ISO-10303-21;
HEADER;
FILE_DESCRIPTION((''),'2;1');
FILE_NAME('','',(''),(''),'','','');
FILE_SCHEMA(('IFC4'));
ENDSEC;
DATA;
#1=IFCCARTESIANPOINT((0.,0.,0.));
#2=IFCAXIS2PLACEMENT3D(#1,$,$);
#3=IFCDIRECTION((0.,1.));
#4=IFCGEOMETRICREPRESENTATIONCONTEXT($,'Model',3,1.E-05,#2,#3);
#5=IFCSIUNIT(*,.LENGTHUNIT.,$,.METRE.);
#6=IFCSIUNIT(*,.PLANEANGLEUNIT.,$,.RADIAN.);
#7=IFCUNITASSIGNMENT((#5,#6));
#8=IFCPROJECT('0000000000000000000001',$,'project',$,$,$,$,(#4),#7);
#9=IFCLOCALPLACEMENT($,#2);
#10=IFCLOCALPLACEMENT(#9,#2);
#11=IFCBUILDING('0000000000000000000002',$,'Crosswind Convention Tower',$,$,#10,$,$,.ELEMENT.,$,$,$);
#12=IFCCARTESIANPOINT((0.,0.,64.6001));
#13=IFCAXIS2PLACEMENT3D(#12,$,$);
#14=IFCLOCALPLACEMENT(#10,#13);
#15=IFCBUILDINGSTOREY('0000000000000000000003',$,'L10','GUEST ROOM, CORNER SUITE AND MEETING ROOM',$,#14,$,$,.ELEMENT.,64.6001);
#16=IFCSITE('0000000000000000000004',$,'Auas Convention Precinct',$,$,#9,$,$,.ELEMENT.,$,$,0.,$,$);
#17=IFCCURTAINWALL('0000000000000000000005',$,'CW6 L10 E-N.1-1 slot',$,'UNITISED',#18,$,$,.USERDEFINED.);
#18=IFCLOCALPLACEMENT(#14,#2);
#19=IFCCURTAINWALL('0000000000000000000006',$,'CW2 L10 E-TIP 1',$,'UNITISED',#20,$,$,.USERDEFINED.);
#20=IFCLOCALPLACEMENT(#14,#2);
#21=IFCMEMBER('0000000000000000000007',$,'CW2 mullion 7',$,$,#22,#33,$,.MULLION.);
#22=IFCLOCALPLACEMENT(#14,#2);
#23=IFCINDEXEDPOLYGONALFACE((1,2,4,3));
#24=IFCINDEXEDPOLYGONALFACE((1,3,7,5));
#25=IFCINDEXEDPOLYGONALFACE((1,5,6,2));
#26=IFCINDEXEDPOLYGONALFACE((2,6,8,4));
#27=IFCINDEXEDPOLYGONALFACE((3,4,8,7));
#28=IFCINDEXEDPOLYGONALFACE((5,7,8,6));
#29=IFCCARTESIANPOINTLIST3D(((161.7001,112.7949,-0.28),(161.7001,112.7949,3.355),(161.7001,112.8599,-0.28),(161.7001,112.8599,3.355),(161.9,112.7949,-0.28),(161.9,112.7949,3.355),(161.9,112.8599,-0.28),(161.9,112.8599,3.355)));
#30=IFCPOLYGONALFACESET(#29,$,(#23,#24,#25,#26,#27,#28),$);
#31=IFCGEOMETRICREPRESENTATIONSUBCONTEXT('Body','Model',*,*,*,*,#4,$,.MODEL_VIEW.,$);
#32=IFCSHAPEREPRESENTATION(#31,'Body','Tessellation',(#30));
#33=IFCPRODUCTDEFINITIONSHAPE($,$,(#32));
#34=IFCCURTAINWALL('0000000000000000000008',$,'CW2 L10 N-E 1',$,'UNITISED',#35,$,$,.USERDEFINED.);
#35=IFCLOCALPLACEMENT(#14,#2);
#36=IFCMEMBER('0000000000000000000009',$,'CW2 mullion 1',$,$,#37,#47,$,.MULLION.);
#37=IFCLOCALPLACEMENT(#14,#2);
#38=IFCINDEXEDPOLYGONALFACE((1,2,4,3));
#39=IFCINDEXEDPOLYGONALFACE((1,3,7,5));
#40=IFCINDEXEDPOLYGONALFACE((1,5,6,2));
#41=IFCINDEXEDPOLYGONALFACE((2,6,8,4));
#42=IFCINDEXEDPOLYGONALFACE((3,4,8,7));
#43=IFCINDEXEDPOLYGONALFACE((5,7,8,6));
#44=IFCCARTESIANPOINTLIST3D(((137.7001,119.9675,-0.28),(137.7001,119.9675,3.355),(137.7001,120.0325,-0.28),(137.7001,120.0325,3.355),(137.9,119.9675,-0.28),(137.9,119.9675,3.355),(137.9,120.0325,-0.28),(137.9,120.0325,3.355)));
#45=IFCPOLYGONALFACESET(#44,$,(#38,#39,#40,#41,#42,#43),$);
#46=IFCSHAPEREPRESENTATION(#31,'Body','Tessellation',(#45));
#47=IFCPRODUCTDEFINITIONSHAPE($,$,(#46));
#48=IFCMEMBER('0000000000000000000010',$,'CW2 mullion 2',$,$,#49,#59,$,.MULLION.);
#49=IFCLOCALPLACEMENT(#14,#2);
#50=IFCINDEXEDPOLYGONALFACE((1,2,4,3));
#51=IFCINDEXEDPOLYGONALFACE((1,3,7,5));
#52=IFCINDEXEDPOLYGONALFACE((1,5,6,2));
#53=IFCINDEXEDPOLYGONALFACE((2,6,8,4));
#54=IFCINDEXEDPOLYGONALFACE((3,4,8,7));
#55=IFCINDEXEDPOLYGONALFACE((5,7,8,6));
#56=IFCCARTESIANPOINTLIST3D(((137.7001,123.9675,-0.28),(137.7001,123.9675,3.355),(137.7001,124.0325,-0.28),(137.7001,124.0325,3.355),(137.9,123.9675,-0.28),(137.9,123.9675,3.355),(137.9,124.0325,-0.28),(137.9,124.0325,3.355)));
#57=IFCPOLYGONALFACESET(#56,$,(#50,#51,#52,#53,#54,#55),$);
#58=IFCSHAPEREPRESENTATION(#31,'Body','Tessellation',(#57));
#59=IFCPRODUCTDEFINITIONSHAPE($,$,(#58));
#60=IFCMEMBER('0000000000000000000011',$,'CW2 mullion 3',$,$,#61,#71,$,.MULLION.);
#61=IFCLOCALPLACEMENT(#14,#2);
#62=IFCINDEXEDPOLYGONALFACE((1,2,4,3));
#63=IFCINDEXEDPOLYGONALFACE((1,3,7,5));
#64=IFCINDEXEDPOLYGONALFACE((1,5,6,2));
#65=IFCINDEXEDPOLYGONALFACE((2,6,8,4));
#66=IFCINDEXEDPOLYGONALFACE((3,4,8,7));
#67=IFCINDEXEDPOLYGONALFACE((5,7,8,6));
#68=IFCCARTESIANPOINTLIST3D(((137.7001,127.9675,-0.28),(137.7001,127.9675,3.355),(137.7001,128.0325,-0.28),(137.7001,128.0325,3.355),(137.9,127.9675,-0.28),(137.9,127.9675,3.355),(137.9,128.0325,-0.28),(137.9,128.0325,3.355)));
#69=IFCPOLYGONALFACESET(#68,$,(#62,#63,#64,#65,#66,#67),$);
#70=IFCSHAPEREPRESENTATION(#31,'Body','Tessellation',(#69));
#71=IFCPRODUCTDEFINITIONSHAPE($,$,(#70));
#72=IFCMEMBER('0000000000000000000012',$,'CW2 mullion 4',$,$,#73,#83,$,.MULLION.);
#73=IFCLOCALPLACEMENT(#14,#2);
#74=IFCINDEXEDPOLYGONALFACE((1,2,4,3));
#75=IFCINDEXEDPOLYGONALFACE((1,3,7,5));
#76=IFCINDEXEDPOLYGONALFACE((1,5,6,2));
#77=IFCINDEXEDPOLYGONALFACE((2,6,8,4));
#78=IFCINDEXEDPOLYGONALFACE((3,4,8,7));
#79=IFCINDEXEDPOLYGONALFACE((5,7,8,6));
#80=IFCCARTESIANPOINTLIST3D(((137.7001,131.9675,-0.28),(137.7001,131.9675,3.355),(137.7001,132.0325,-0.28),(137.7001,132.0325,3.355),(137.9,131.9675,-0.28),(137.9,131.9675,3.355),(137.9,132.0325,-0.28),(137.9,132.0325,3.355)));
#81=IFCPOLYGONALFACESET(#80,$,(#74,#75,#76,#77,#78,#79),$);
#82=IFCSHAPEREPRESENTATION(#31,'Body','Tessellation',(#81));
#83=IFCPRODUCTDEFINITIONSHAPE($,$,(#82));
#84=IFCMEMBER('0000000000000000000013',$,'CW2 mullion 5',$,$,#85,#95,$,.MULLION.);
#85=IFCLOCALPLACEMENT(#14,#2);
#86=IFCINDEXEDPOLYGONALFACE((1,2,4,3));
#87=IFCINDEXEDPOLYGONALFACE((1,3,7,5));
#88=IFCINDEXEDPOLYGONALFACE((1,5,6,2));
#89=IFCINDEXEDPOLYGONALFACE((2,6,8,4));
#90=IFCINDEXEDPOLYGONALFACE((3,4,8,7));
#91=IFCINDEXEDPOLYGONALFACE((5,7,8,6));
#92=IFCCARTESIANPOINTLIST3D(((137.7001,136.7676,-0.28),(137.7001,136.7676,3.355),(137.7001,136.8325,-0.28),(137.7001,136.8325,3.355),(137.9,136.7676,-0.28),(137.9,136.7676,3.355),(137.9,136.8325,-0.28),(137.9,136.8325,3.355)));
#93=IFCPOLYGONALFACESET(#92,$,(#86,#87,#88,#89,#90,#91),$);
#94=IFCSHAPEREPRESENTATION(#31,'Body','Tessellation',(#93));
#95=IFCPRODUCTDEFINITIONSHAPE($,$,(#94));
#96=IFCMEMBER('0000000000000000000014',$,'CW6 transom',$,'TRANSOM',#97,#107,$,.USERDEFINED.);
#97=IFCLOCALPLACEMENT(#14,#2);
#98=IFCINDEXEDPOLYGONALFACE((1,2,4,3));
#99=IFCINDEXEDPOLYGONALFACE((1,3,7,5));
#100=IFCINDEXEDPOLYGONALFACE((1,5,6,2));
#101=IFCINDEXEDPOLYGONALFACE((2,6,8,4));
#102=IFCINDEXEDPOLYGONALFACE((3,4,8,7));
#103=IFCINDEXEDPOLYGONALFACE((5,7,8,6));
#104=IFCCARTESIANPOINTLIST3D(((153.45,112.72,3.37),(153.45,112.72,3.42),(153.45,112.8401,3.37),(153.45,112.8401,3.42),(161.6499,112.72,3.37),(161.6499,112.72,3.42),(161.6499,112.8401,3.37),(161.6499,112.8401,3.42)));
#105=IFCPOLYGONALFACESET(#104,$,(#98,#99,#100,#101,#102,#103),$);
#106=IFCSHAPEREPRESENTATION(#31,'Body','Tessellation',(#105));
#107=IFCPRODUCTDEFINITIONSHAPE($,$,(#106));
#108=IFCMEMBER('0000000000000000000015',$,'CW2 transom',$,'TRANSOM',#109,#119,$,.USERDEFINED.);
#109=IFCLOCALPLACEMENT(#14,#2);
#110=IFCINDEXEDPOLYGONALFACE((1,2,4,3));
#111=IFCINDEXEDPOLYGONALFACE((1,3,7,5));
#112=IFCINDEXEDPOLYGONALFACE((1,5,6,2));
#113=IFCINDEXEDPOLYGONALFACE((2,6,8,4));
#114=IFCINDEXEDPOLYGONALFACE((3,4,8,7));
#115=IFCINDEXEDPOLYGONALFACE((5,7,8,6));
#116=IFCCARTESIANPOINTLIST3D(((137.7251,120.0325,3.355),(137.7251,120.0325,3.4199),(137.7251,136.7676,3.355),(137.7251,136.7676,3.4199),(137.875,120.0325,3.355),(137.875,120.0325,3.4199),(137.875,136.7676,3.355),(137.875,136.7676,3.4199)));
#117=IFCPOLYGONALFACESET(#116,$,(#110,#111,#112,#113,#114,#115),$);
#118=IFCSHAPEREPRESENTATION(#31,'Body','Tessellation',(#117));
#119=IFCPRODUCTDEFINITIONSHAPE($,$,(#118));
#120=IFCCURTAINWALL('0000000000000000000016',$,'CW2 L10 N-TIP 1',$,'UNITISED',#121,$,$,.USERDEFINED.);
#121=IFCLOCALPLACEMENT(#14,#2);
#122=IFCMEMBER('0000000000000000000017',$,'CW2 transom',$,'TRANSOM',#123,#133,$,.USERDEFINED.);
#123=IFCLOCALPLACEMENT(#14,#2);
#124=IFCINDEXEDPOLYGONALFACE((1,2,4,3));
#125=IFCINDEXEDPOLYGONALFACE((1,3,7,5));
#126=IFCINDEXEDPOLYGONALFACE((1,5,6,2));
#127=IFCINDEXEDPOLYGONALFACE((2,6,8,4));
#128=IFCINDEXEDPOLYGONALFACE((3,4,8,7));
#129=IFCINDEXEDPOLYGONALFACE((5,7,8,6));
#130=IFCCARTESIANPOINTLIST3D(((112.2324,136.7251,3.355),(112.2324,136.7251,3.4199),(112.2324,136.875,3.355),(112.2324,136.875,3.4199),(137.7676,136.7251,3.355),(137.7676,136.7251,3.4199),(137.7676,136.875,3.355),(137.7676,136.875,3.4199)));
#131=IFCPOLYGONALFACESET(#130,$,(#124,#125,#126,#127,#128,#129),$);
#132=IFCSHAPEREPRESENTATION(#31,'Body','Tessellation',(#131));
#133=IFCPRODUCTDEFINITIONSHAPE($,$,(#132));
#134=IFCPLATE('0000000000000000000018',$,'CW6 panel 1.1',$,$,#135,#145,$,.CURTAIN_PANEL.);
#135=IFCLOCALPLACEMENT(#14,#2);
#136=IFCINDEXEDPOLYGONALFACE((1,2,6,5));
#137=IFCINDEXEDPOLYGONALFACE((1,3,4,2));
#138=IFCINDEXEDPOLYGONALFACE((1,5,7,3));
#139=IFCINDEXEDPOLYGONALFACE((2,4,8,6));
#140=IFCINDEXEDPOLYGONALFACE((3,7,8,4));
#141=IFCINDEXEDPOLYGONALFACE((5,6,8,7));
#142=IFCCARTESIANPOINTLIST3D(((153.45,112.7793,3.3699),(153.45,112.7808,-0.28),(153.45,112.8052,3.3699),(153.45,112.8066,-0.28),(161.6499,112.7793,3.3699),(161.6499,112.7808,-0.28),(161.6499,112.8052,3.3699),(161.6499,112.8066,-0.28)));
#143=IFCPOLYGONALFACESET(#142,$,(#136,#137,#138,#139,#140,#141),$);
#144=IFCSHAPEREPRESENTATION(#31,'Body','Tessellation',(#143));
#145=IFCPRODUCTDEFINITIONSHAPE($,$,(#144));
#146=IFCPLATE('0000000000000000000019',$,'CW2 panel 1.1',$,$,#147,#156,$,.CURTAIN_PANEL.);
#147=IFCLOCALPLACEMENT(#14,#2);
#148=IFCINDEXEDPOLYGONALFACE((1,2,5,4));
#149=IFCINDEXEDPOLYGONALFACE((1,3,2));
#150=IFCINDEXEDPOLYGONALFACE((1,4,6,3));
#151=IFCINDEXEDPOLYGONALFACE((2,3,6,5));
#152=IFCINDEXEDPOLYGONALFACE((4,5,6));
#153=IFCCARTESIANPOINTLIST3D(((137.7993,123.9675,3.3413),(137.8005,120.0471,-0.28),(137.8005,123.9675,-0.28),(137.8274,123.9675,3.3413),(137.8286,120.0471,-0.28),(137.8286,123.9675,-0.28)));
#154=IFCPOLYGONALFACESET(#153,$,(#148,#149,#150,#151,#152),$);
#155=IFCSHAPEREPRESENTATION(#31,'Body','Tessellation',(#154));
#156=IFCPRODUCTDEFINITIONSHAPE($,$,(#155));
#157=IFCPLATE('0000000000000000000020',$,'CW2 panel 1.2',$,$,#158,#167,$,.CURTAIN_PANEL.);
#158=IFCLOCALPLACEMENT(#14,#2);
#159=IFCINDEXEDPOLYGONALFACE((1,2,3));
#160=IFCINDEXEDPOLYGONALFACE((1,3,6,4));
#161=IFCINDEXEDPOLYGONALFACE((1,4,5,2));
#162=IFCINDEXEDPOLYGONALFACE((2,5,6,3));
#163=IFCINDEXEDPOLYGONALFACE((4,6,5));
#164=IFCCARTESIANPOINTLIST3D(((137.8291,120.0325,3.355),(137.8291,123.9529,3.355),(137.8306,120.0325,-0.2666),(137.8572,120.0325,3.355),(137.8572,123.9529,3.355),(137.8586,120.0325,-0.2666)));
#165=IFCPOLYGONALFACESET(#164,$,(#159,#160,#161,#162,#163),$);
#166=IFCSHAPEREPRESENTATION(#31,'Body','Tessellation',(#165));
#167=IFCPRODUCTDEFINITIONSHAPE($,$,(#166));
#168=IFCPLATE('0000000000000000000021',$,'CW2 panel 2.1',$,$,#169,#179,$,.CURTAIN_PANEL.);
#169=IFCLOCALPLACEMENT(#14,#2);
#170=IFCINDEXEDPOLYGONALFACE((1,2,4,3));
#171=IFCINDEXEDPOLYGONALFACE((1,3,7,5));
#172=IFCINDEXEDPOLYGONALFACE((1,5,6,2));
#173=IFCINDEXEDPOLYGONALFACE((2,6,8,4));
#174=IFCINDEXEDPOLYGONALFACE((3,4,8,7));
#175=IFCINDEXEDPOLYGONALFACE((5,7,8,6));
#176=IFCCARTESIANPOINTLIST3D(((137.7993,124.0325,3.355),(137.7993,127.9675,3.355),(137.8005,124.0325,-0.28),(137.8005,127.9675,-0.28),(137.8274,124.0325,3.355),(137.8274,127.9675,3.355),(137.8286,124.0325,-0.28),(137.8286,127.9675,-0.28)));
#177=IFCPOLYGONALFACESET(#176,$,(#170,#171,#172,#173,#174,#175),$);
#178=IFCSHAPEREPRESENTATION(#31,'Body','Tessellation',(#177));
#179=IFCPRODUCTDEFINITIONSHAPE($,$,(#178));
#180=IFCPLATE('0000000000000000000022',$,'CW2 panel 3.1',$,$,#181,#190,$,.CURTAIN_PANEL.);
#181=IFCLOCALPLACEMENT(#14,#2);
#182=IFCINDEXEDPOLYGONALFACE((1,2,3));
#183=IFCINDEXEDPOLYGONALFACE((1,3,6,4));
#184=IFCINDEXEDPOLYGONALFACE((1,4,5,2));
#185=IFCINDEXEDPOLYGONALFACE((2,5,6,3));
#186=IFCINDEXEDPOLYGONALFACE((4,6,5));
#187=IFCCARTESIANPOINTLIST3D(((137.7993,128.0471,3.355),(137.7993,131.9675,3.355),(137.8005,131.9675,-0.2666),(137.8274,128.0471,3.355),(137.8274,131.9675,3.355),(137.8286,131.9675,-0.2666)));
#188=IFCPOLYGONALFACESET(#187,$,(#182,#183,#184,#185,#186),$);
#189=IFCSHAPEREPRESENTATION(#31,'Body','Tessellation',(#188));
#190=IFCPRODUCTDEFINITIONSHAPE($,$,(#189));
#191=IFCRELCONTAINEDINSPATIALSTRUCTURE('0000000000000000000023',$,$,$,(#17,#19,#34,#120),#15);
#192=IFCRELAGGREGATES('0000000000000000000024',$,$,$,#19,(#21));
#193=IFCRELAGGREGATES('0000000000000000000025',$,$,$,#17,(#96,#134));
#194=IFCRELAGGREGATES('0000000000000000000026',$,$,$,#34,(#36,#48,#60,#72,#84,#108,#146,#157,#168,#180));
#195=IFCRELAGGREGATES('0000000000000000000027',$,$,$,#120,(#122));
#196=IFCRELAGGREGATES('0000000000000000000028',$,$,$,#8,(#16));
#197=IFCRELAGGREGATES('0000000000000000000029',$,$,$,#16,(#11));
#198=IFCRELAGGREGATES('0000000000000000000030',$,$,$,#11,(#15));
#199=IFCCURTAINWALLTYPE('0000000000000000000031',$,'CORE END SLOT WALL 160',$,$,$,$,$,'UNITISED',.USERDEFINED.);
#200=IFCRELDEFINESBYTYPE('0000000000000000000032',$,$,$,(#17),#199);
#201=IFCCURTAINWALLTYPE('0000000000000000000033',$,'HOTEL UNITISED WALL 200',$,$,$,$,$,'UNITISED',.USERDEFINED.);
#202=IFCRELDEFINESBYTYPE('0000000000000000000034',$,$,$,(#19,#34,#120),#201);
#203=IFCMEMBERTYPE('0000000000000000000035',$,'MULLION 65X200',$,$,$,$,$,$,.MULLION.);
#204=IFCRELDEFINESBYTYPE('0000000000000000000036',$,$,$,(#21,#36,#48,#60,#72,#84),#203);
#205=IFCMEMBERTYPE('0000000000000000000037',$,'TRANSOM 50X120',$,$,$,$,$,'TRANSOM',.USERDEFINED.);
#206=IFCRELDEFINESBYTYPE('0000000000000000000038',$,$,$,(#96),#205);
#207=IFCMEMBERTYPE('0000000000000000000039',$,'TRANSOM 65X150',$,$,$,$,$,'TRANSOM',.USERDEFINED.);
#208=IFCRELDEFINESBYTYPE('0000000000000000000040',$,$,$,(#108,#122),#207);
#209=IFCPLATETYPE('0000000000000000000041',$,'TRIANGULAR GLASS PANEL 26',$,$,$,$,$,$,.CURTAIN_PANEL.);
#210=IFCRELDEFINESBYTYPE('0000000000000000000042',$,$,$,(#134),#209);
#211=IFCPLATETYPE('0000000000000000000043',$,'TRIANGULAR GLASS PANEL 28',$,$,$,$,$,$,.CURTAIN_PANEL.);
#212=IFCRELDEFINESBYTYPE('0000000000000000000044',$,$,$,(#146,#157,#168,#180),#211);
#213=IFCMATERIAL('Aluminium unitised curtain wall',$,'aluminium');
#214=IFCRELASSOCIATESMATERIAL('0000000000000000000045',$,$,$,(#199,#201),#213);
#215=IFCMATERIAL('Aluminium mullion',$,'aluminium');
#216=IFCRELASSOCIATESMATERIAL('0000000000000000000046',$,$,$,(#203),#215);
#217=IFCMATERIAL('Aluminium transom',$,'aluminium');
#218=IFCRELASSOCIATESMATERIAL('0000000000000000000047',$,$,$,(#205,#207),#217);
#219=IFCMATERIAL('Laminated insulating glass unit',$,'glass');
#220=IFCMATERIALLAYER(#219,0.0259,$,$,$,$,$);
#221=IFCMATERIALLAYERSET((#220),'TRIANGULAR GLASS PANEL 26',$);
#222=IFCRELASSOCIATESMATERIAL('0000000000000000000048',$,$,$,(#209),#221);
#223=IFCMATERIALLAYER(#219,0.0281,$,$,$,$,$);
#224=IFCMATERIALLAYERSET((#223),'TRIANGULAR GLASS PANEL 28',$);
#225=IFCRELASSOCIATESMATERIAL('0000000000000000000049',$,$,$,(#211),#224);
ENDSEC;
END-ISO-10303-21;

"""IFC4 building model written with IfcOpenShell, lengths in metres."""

from ifc_helpers import new_model, si_unit, direction, frame, origin, origin_2d, place, context, subcontext, project, spatial, polyline, rectangle, outline, extrude, material, layer, layer_set, material_profile, profile_set, type_object, element, aggregate, save


model = new_model("IFC4")

# Units and contexts
model_context = context("Model", 3, precision=1e-05, world=origin(), true_north=direction((0.0, 1.0)))
body_context = subcontext(model_context, "Body", "Model", "MODEL_VIEW")
ifc_project = project(units=[si_unit("LENGTHUNIT", "METRE"), si_unit("PLANEANGLEUNIT", "RADIAN")], contexts=[model_context])

# Site, building, storey
site_placement = place(None, origin())
site = spatial("IfcSite", under=ifc_project, at=site_placement, Name="Auas Convention Precinct", CompositionType="ELEMENT", RefElevation=0.0)
building_placement = place(site_placement, origin())
building = spatial("IfcBuilding", under=site, at=building_placement, Name="Crosswind Convention Tower", CompositionType="ELEMENT")
storey_placement = place(building_placement, frame((0.0, 0.0, 64.6001)))
storey = spatial("IfcBuildingStorey", under=building, at=storey_placement, Name="L10", Description="GUEST ROOM, CORNER SUITE AND MEETING ROOM", CompositionType="ELEMENT", Elevation=64.6001)

# Curtain wall
ifc_material_1 = material(Name="Aluminium unitised curtain wall", Category="aluminium")
curtain_wall_type_1 = type_object("IfcCurtainWallType", Name="CORE END SLOT WALL 160", ElementType="UNITISED", PredefinedType="USERDEFINED", material=ifc_material_1)
curtain_wall_1_placement = place(storey_placement, origin())
curtain_wall_1 = element("IfcCurtainWall", 1, at=curtain_wall_1_placement, inside=storey, type_object=curtain_wall_type_1, Name="CW6 L10 E-N.1-1 slot", ObjectType="UNITISED", PredefinedType="USERDEFINED")
ifc_material_2 = material(Name="Aluminium mullion", Category="aluminium")

# Curtain wall, member
curtain_wall_type_2 = type_object("IfcCurtainWallType", Name="HOTEL UNITISED WALL 200", ElementType="UNITISED", PredefinedType="USERDEFINED", material=ifc_material_1)
curtain_wall_2_placement = place(storey_placement, origin())
curtain_wall_2 = element("IfcCurtainWall", 2, at=curtain_wall_2_placement, inside=storey, type_object=curtain_wall_type_2, Name="CW2 L10 E-TIP 1", ObjectType="UNITISED", PredefinedType="USERDEFINED")
ifc_material_profile_1 = material_profile(ifc_material_2, rectangle(XDim=0.2, YDim=0.0649, at=origin_2d()), Name="AL 200X65")
ifc_profile_set_1 = profile_set([ifc_material_profile_1], Name="Aluminium mullion")
member_type_1 = type_object("IfcMemberType", Name="MULLION 65X200", PredefinedType="MULLION", material=ifc_profile_set_1)
member_1_placement = place(storey_placement, frame((161.8, 112.8274, -0.28), z_axis=(0.0, 0.0, 1.0), x_axis=(1.0, 0.0, 0.0)))
member_1 = element("IfcMember", 3, at=member_1_placement, type_object=member_type_1, Name="CW2 mullion 7", PredefinedType="MULLION", context=body_context, shape_type="SweptSolid", body=[
    extrude(rectangle(XDim=0.2, YDim=0.0649, at=origin_2d()), origin(), (0.0, 0.0, 1.0), 3.635),
])
aggregate(curtain_wall_2, [member_1])

# Curtain wall, members
curtain_wall_3_placement = place(storey_placement, origin())
curtain_wall_3 = element("IfcCurtainWall", 4, at=curtain_wall_3_placement, inside=storey, type_object=curtain_wall_type_2, Name="CW2 L10 N-E 1", ObjectType="UNITISED", PredefinedType="USERDEFINED")
member_2_placement = place(storey_placement, frame((137.8, 120.0, -0.28), z_axis=(0.0, 0.0, 1.0), x_axis=(1.0, 0.0, 0.0)))
member_2 = element("IfcMember", 5, at=member_2_placement, type_object=member_type_1, Name="CW2 mullion 1", PredefinedType="MULLION", context=body_context, shape_type="SweptSolid", body=[
    extrude(rectangle(XDim=0.2, YDim=0.0649, at=origin_2d()), origin(), (0.0, 0.0, 1.0), 3.635),
])
member_3_placement = place(storey_placement, frame((137.8, 124.0, -0.28), z_axis=(0.0, 0.0, 1.0), x_axis=(1.0, 0.0, 0.0)))
member_3 = element("IfcMember", 6, at=member_3_placement, type_object=member_type_1, Name="CW2 mullion 2", PredefinedType="MULLION", context=body_context, shape_type="SweptSolid", body=[
    extrude(rectangle(XDim=0.2, YDim=0.0649, at=origin_2d()), origin(), (0.0, 0.0, 1.0), 3.635),
])
member_4_placement = place(storey_placement, frame((137.8, 128.0, -0.28), z_axis=(0.0, 0.0, 1.0), x_axis=(1.0, 0.0, 0.0)))
member_4 = element("IfcMember", 7, at=member_4_placement, type_object=member_type_1, Name="CW2 mullion 3", PredefinedType="MULLION", context=body_context, shape_type="SweptSolid", body=[
    extrude(rectangle(XDim=0.2, YDim=0.0649, at=origin_2d()), origin(), (0.0, 0.0, 1.0), 3.635),
])
member_5_placement = place(storey_placement, frame((137.8, 132.0, -0.28), z_axis=(0.0, 0.0, 1.0), x_axis=(1.0, 0.0, 0.0)))
member_5 = element("IfcMember", 8, at=member_5_placement, type_object=member_type_1, Name="CW2 mullion 4", PredefinedType="MULLION", context=body_context, shape_type="SweptSolid", body=[
    extrude(rectangle(XDim=0.2, YDim=0.0649, at=origin_2d()), origin(), (0.0, 0.0, 1.0), 3.635),
])
member_6_placement = place(storey_placement, frame((137.8, 136.8, -0.28), z_axis=(0.0, 0.0, 1.0), x_axis=(1.0, 0.0, 0.0)))
member_6 = element("IfcMember", 9, at=member_6_placement, type_object=member_type_1, Name="CW2 mullion 5", PredefinedType="MULLION", context=body_context, shape_type="SweptSolid", body=[
    extrude(rectangle(XDim=0.2, YDim=0.0649, at=origin_2d()), origin(), (0.0, 0.0, 1.0), 3.635),
])

# Members
ifc_material_3 = material(Name="Aluminium transom", Category="aluminium")
ifc_material_profile_2 = material_profile(ifc_material_3, rectangle(XDim=0.1201, YDim=0.05, at=origin_2d()), Name="AL 120X50")
ifc_profile_set_2 = profile_set([ifc_material_profile_2], Name="Aluminium transom")
member_type_2 = type_object("IfcMemberType", Name="TRANSOM 50X120", ElementType="TRANSOM", PredefinedType="USERDEFINED", material=ifc_profile_set_2)
member_7_placement = place(storey_placement, frame((161.6499, 112.78, 3.395), z_axis=(-1.0, 0.0, 0.0), x_axis=(0.0, -1.0, 0.0)))
member_7 = element("IfcMember", 10, at=member_7_placement, type_object=member_type_2, Name="CW6 transom", ObjectType="TRANSOM", PredefinedType="USERDEFINED", context=body_context, shape_type="SweptSolid", body=[
    extrude(rectangle(XDim=0.1201, YDim=0.05, at=origin_2d()), origin(), (0.0, 0.0, 1.0), 8.2),
])
ifc_material_profile_3 = material_profile(ifc_material_3, rectangle(XDim=0.1499, YDim=0.0649, at=origin_2d()), Name="AL 150X65")
ifc_profile_set_3 = profile_set([ifc_material_profile_3], Name="Aluminium transom")
member_type_3 = type_object("IfcMemberType", Name="TRANSOM 65X150", ElementType="TRANSOM", PredefinedType="USERDEFINED", material=ifc_profile_set_3)
member_8_placement = place(storey_placement, frame((137.8, 120.0325, 3.3875), z_axis=(0.0, 1.0, 0.0), x_axis=(-1.0, 0.0, 0.0)))
member_8 = element("IfcMember", 11, at=member_8_placement, type_object=member_type_3, Name="CW2 transom", ObjectType="TRANSOM", PredefinedType="USERDEFINED", context=body_context, shape_type="SweptSolid", body=[
    extrude(rectangle(XDim=0.1499, YDim=0.0649, at=origin_2d()), origin(), (0.0, 0.0, 1.0), 16.7351),
])

# Curtain wall, member
curtain_wall_4_placement = place(storey_placement, origin())
curtain_wall_4 = element("IfcCurtainWall", 12, at=curtain_wall_4_placement, inside=storey, type_object=curtain_wall_type_2, Name="CW2 L10 N-TIP 1", ObjectType="UNITISED", PredefinedType="USERDEFINED")
member_9_placement = place(storey_placement, frame((137.7676, 136.8, 3.3875), z_axis=(-1.0, 0.0, 0.0), x_axis=(0.0, -1.0, 0.0)))
member_9 = element("IfcMember", 13, at=member_9_placement, type_object=member_type_3, Name="CW2 transom", ObjectType="TRANSOM", PredefinedType="USERDEFINED", context=body_context, shape_type="SweptSolid", body=[
    extrude(rectangle(XDim=0.1499, YDim=0.0649, at=origin_2d()), origin(), (0.0, 0.0, 1.0), 25.5352),
])

# Plates
ifc_material_4 = material(Name="Laminated insulating glass unit", Category="glass")
ifc_layer_1 = layer(ifc_material_4, 0.0259)
ifc_layer_set_1 = layer_set([ifc_layer_1], Name="TRIANGULAR GLASS PANEL 26")
plate_type_1 = type_object("IfcPlateType", Name="TRIANGULAR GLASS PANEL 26", PredefinedType="CURTAIN_PANEL", material=ifc_layer_set_1)
plate_1_placement = place(storey_placement, frame((161.6499, 112.8066, -0.28), z_axis=(0.0, 1.0, 0.000401), x_axis=(-1.0, 0.0, 0.0)))
plate_1 = element("IfcPlate", 14, at=plate_1_placement, type_object=plate_type_1, Name="CW6 panel 1.1", PredefinedType="CURTAIN_PANEL", context=body_context, shape_type="SweptSolid", body=[
    extrude(outline(polyline([(0.0, 0.0), (8.2, 0.0), (8.2, 3.6499), (0.0, 3.6499), (0.0, 0.0)])), origin(), (0.0, 0.0, -1.0), 0.0259),
])
aggregate(curtain_wall_1, [member_7, plate_1])
ifc_layer_2 = layer(ifc_material_4, 0.0281)
ifc_layer_set_2 = layer_set([ifc_layer_2], Name="TRIANGULAR GLASS PANEL 28")
plate_type_2 = type_object("IfcPlateType", Name="TRIANGULAR GLASS PANEL 28", PredefinedType="CURTAIN_PANEL", material=ifc_layer_set_2)
plate_2_placement = place(storey_placement, frame((137.8286, 123.9675, -0.28), z_axis=(1.0, 0.0, 0.000337), x_axis=(-0.000337, 0.0, 1.0)))
plate_2 = element("IfcPlate", 15, at=plate_2_placement, type_object=plate_type_2, Name="CW2 panel 1.1", PredefinedType="CURTAIN_PANEL", context=body_context, shape_type="SweptSolid", body=[
    extrude(outline(polyline([(0.0, 0.0), (3.6213, 0.0), (0.0, 3.9204), (0.0, 0.0)])), origin(), (0.0, 0.0, -1.0), 0.0281),
])
plate_3_placement = place(storey_placement, frame((137.8572, 120.0325, 3.355), z_axis=(1.0, 0.0, 0.000404), x_axis=(0.000404, 0.0, -1.0)))
plate_3 = element("IfcPlate", 16, at=plate_3_placement, type_object=plate_type_2, Name="CW2 panel 1.2", PredefinedType="CURTAIN_PANEL", context=body_context, shape_type="SweptSolid", body=[
    extrude(outline(polyline([(0.0, 0.0), (3.6216, 0.0), (0.0, 3.9204), (0.0, 0.0)])), origin(), (0.0, 0.0, -1.0), 0.0281),
])
plate_4_placement = place(storey_placement, frame((137.8286, 124.0325, -0.28), z_axis=(1.0, 0.0, 0.000336), x_axis=(0.0, 1.0, 0.0)))
plate_4 = element("IfcPlate", 17, at=plate_4_placement, type_object=plate_type_2, Name="CW2 panel 2.1", PredefinedType="CURTAIN_PANEL", context=body_context, shape_type="SweptSolid", body=[
    extrude(outline(polyline([(0.0, 0.0), (3.9351, 0.0), (3.9351, 3.635), (0.0, 3.635), (0.0, 0.0)])), origin(), (0.0, 0.0, -1.0), 0.0281),
])
plate_5_placement = place(storey_placement, frame((137.8274, 131.9675, 3.355), z_axis=(1.0, 0.0, 0.000337), x_axis=(0.0, -1.0, 0.0)))
plate_5 = element("IfcPlate", 18, at=plate_5_placement, type_object=plate_type_2, Name="CW2 panel 3.1", PredefinedType="CURTAIN_PANEL", context=body_context, shape_type="SweptSolid", body=[
    extrude(outline(polyline([(0.0, 0.0), (3.9204, 0.0), (0.0, 3.6216), (0.0, 0.0)])), origin(), (0.0, 0.0, -1.0), 0.0281),
])

aggregate(curtain_wall_3, [member_2, member_3, member_4, member_5, member_6, member_8, plate_2, plate_3, plate_4, plate_5])
aggregate(curtain_wall_4, [member_9])

save(model, "model.ifc")
